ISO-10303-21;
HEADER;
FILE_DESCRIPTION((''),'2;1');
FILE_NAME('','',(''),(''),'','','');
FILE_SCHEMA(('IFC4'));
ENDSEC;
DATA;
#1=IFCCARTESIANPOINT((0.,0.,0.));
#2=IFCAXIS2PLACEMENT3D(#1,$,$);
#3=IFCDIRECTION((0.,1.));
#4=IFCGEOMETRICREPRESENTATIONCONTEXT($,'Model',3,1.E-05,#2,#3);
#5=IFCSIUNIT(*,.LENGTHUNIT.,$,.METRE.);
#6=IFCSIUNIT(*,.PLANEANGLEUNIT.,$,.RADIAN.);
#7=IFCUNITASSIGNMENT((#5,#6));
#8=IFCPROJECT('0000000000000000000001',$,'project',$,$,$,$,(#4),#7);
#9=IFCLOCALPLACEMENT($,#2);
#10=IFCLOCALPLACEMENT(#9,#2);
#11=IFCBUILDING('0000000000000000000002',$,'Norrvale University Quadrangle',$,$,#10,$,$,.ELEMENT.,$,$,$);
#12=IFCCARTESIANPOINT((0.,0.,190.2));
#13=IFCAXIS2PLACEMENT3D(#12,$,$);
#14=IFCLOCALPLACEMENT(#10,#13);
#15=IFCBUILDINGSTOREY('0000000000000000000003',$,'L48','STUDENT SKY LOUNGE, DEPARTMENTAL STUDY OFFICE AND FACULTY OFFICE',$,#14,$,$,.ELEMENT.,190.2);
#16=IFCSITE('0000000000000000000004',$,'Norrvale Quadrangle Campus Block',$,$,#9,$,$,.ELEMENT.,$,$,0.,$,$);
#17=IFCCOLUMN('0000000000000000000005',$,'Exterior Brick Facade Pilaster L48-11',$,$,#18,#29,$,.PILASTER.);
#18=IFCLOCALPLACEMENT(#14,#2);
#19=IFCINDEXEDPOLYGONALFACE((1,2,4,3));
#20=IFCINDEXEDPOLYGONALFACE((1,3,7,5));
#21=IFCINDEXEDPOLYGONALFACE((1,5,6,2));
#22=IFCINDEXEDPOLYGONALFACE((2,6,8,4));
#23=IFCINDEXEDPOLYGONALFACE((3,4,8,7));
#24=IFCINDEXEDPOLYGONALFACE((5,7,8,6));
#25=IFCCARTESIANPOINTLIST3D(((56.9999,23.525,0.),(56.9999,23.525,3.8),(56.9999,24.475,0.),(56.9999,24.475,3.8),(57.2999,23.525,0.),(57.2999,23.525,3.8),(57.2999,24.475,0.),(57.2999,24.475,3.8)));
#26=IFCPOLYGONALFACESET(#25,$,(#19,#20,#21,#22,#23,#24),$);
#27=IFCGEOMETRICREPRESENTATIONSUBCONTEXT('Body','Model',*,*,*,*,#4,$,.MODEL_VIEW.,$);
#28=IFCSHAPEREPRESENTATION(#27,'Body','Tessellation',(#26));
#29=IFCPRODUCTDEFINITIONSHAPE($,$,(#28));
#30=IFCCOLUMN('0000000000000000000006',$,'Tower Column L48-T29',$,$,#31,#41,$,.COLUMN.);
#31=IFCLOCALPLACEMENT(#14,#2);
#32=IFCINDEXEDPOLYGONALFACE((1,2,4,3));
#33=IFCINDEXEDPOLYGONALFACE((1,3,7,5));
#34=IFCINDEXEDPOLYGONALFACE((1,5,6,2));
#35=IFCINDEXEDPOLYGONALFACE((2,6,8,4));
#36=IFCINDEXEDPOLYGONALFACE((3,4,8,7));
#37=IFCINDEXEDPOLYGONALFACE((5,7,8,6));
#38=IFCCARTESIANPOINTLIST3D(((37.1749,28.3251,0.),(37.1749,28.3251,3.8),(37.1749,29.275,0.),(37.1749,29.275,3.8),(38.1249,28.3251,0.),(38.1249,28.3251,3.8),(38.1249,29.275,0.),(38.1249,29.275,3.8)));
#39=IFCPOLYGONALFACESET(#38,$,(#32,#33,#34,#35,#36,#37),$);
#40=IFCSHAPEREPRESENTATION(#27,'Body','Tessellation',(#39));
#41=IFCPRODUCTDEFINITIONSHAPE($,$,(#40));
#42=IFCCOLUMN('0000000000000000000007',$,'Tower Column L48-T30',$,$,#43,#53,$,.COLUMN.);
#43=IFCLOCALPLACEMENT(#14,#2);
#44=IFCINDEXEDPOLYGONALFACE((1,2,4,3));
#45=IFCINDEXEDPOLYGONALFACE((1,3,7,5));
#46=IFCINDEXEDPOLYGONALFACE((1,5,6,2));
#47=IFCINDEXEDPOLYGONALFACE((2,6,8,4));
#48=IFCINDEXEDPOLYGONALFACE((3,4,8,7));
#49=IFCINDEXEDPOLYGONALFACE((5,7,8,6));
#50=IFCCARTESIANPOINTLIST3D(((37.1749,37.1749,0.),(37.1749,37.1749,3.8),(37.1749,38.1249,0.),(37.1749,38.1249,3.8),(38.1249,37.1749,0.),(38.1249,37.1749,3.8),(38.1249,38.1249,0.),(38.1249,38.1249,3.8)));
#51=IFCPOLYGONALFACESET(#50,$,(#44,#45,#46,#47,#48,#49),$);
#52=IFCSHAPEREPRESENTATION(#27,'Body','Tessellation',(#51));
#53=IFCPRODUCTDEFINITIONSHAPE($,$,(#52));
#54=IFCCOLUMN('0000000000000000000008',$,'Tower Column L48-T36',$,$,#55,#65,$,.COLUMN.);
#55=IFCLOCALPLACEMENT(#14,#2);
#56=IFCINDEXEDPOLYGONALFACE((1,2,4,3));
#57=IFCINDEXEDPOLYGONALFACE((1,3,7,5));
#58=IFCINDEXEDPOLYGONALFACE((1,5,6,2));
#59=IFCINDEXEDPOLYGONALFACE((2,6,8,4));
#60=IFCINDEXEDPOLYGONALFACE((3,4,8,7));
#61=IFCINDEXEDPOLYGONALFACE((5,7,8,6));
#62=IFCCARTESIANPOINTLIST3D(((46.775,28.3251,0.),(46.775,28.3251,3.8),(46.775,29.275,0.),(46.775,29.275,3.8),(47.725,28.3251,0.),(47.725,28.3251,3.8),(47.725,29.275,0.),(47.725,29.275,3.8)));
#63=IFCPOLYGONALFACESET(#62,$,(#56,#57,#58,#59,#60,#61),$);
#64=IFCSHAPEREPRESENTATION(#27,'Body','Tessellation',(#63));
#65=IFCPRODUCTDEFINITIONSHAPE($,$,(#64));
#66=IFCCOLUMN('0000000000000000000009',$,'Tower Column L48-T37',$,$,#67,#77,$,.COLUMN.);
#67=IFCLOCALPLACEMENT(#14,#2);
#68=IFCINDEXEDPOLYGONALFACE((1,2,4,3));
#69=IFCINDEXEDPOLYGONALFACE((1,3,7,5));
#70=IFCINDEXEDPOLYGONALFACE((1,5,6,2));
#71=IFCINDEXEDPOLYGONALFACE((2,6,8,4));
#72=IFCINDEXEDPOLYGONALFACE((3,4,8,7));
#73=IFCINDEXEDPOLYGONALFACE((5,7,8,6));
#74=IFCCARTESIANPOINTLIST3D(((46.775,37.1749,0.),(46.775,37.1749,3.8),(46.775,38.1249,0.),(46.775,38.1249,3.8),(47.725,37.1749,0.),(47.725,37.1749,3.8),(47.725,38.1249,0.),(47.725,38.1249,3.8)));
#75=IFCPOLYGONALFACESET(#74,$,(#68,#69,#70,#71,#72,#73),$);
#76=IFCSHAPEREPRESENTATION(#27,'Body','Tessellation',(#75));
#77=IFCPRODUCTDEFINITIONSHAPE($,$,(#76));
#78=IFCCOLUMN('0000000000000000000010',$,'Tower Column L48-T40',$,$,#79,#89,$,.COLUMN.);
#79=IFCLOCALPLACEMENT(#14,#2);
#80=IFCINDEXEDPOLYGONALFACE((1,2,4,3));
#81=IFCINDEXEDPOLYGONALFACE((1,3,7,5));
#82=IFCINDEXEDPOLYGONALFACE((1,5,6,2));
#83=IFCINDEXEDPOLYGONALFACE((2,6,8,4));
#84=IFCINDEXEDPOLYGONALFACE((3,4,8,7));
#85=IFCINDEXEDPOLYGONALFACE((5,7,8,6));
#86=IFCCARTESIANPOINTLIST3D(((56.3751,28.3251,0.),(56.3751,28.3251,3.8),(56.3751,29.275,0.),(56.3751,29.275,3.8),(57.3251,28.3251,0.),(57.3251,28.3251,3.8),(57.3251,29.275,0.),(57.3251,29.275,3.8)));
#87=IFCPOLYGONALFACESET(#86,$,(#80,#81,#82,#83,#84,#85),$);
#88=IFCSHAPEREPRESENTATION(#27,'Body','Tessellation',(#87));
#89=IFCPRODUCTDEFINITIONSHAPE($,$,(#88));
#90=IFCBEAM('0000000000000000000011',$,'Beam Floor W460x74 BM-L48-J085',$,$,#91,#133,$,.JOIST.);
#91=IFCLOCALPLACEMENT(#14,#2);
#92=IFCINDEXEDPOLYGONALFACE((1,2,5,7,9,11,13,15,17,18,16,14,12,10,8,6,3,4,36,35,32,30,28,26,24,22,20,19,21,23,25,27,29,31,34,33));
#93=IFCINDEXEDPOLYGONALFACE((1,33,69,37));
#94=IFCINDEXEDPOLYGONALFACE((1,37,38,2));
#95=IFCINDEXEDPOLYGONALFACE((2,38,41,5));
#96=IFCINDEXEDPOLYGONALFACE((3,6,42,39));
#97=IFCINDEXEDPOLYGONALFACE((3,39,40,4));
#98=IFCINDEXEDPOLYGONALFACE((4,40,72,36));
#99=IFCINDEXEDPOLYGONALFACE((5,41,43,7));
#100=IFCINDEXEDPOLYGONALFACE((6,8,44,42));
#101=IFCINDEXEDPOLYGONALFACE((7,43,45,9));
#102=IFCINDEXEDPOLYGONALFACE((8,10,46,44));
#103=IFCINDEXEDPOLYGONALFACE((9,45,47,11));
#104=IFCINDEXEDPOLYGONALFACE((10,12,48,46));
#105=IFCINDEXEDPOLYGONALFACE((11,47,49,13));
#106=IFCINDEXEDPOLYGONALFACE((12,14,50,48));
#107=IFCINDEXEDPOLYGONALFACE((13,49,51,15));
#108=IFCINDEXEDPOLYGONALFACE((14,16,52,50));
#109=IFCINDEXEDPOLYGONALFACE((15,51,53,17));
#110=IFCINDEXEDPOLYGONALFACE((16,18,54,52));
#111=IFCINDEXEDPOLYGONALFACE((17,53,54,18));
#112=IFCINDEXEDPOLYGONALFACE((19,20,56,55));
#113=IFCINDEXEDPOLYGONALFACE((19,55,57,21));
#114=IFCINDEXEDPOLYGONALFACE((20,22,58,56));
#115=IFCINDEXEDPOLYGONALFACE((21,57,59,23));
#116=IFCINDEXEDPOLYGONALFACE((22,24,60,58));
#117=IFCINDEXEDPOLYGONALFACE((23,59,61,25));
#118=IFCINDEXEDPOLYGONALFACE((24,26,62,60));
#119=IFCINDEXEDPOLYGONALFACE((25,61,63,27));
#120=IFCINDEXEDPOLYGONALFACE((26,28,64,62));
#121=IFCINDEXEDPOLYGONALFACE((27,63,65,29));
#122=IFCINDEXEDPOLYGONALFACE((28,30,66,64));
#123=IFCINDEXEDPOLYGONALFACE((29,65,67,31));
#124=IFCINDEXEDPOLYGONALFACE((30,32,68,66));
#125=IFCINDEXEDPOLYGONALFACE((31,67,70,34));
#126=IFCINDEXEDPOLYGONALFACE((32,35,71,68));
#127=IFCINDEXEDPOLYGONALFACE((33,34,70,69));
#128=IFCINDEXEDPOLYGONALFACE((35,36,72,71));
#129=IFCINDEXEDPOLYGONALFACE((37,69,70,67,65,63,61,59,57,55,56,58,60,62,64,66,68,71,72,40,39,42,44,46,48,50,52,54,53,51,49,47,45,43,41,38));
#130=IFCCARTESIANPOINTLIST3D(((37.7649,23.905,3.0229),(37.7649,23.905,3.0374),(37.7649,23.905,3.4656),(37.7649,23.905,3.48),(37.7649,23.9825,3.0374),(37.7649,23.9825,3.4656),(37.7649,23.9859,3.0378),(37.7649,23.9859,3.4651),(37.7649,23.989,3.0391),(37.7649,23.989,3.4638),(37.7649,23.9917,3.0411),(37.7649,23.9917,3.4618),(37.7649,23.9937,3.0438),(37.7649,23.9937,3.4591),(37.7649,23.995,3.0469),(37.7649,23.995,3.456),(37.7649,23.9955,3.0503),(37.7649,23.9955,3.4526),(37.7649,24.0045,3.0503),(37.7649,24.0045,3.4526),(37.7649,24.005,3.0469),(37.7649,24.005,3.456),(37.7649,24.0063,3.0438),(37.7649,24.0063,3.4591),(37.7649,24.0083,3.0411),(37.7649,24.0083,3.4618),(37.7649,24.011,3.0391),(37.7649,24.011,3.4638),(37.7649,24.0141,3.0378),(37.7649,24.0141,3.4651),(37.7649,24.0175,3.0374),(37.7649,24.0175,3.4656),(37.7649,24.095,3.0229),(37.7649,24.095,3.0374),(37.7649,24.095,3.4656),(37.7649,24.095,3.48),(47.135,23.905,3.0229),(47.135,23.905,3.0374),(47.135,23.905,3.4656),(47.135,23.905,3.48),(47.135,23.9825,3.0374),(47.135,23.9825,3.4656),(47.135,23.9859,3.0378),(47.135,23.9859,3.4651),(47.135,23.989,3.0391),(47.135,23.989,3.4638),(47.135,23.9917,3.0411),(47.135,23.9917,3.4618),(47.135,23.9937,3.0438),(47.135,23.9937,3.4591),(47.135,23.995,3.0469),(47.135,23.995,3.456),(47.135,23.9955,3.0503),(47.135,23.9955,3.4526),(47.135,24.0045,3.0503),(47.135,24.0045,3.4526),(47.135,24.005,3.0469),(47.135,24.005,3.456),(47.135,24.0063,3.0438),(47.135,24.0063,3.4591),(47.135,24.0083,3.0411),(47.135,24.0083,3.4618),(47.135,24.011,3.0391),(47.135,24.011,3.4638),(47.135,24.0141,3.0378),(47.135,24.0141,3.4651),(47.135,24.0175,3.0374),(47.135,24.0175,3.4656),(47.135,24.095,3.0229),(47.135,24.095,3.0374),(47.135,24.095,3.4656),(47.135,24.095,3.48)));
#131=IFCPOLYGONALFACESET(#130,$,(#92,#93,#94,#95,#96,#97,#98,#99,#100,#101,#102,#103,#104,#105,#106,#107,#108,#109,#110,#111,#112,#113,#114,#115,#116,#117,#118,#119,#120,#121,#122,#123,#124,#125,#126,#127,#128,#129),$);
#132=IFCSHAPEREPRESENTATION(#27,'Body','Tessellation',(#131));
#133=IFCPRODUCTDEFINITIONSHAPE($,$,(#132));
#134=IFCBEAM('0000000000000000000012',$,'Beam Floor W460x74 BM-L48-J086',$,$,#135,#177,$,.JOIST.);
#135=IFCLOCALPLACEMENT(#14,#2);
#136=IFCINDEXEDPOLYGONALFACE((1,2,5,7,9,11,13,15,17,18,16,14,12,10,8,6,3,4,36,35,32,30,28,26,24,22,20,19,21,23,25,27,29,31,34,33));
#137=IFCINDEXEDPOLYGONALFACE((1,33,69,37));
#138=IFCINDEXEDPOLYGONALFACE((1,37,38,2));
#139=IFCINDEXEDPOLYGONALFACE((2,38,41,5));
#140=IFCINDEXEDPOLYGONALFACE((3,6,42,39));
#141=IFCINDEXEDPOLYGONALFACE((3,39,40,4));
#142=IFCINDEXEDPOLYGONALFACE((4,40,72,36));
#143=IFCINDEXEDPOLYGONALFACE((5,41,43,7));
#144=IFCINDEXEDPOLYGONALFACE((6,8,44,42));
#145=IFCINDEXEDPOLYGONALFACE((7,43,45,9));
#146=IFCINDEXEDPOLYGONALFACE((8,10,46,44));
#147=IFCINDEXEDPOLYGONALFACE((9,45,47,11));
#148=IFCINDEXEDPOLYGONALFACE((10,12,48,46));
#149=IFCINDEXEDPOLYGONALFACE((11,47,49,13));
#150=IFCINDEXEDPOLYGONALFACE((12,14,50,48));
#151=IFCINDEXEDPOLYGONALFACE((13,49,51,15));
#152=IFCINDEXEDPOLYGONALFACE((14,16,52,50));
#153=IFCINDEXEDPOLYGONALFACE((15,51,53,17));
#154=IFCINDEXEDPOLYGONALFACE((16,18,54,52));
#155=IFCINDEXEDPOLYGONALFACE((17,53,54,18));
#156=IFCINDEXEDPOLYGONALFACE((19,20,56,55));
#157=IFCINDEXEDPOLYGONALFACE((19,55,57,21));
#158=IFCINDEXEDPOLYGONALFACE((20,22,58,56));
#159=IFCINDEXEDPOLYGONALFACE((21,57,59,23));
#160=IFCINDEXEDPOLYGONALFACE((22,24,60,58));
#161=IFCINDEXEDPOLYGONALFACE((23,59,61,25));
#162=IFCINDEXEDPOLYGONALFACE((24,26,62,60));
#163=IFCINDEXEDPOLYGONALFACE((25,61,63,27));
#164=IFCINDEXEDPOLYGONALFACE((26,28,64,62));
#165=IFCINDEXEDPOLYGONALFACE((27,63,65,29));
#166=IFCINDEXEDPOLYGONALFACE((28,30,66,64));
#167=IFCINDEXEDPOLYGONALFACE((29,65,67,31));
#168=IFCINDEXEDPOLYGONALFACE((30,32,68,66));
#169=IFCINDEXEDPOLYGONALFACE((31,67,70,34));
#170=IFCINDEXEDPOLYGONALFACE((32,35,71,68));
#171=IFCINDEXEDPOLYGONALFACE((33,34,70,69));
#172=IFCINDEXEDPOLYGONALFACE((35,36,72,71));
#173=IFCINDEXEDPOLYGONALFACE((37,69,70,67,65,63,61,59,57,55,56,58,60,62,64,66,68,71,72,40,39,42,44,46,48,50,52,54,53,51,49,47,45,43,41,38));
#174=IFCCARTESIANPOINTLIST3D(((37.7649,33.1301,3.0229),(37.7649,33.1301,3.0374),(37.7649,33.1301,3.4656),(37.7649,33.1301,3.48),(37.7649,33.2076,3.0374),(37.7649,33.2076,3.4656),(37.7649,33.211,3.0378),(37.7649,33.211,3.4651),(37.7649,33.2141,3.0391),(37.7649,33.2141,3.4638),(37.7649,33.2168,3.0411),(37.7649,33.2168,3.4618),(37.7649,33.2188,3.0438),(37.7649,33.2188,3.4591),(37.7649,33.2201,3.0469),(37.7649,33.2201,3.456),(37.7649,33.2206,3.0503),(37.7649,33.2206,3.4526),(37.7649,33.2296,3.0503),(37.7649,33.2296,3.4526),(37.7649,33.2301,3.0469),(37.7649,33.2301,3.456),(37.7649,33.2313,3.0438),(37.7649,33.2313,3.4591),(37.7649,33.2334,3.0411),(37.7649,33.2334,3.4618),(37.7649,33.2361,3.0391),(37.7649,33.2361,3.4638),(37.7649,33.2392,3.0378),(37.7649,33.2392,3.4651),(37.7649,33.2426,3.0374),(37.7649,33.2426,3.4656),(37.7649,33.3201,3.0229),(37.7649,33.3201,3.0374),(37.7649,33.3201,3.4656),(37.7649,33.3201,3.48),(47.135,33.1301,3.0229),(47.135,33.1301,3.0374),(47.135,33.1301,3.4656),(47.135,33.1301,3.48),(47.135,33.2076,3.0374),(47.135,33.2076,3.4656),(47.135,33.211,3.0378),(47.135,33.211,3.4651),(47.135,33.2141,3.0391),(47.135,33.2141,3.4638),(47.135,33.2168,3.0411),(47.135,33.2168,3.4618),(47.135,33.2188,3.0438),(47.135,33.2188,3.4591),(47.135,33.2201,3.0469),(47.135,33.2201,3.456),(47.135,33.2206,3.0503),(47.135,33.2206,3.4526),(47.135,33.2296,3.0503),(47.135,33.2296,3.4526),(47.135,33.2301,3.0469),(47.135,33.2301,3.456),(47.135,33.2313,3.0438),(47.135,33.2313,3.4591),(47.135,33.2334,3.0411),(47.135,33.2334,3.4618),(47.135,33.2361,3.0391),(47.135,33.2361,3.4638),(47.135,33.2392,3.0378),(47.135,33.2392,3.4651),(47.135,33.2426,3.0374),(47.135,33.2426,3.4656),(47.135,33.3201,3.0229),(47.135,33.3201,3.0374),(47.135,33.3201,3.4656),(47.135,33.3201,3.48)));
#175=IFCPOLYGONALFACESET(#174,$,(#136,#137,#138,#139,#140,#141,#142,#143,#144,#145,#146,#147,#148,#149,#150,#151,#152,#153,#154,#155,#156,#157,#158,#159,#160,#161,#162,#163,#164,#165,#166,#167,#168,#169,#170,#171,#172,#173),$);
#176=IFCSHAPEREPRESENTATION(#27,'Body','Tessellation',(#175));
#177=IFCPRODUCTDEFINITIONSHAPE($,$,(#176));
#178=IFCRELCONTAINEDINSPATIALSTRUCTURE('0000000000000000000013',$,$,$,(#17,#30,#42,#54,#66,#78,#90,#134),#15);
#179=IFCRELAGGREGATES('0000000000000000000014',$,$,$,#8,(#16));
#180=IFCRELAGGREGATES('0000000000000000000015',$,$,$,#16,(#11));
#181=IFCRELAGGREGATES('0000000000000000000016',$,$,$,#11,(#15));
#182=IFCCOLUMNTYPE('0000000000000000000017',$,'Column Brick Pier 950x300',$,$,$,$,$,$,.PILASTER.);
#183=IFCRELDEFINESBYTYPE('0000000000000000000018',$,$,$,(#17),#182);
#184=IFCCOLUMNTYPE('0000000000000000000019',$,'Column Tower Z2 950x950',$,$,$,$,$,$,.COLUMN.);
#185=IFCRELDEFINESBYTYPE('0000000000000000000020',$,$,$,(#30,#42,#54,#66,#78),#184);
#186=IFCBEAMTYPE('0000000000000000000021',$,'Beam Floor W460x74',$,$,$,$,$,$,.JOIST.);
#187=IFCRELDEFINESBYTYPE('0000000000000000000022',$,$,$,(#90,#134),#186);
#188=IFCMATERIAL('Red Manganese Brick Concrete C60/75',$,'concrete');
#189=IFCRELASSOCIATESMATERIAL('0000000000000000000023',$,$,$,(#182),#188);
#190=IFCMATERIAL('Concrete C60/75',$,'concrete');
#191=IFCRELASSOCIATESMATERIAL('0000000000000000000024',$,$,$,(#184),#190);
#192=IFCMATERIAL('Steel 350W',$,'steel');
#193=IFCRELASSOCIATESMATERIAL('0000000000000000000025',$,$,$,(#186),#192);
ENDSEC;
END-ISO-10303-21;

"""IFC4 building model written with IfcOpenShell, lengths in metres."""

from ifc_helpers import new_model, si_unit, direction, frame, origin, origin_2d, place, context, subcontext, project, spatial, rectangle, i_section, extrude, material, material_profile, profile_set, type_object, element, save


model = new_model("IFC4")

# Units and contexts
model_context = context("Model", 3, precision=1e-05, world=origin(), true_north=direction((0.0, 1.0)))
body_context = subcontext(model_context, "Body", "Model", "MODEL_VIEW")
ifc_project = project(units=[si_unit("LENGTHUNIT", "METRE"), si_unit("PLANEANGLEUNIT", "RADIAN")], contexts=[model_context])

# Site, building, storey
site_placement = place(None, origin())
site = spatial("IfcSite", under=ifc_project, at=site_placement, Name="Norrvale Quadrangle Campus Block", CompositionType="ELEMENT", RefElevation=0.0)
building_placement = place(site_placement, origin())
building = spatial("IfcBuilding", under=site, at=building_placement, Name="Norrvale University Quadrangle", CompositionType="ELEMENT")
storey_placement = place(building_placement, frame((0.0, 0.0, 190.2)))
storey = spatial("IfcBuildingStorey", under=building, at=storey_placement, Name="L48", Description="STUDENT SKY LOUNGE, DEPARTMENTAL STUDY OFFICE AND FACULTY OFFICE", CompositionType="ELEMENT", Elevation=190.2)

# Columns
ifc_material_1 = material(Name="Red Manganese Brick Concrete C60/75", Category="concrete")
ifc_material_profile_1 = material_profile(ifc_material_1, rectangle(XDim=0.95, YDim=0.3, at=origin_2d()), Name="Red Manganese Brick Concrete C60/75")
ifc_profile_set_1 = profile_set([ifc_material_profile_1], Name="Red Manganese Brick Concrete C60/75")
column_type_1 = type_object("IfcColumnType", Name="Column Brick Pier 950x300", PredefinedType="PILASTER", material=ifc_profile_set_1)
column_placement = place(storey_placement, frame((57.1499, 24.0, 0.0), z_axis=(0.0, 0.0, 1.0), x_axis=(0.0, 1.0, 0.0)))
element("IfcColumn", 1, at=column_placement, inside=storey, type_object=column_type_1, Name="Exterior Brick Facade Pilaster L48-11", PredefinedType="PILASTER", context=body_context, shape_type="SweptSolid", body=[
    extrude(rectangle(XDim=0.95, YDim=0.3, at=origin_2d()), origin(), (0.0, 0.0, 1.0), 3.8),
])
ifc_material_2 = material(Name="Concrete C60/75", Category="concrete")
ifc_material_profile_2 = material_profile(ifc_material_2, rectangle(XDim=0.95, YDim=0.95, at=origin_2d()), Name="Concrete C60/75")
ifc_profile_set_2 = profile_set([ifc_material_profile_2], Name="Concrete C60/75")
column_type_2 = type_object("IfcColumnType", Name="Column Tower Z2 950x950", PredefinedType="COLUMN", material=ifc_profile_set_2)
for number, where, z_axis, x_axis, name in (
    (2, (37.6499, 28.8, 0.0), (0.0, 0.0, 1.0), (1.0, 0.0, 0.0), "Tower Column L48-T29"),
    (3, (37.6499, 37.6499, 0.0), (0.0, 0.0, 1.0), (1.0, 0.0, 0.0), "Tower Column L48-T30"),
    (4, (47.25, 28.8, 0.0), (0.0, 0.0, 1.0), (1.0, 0.0, 0.0), "Tower Column L48-T36"),
    (5, (47.25, 37.6499, 0.0), (0.0, 0.0, 1.0), (1.0, 0.0, 0.0), "Tower Column L48-T37"),
    (6, (56.8501, 28.8, 0.0), (0.0, 0.0, 1.0), (1.0, 0.0, 0.0), "Tower Column L48-T40"),
):
    element("IfcColumn", number, at=place(storey_placement, frame(where, z_axis=z_axis, x_axis=x_axis)), inside=storey, type_object=column_type_2, Name=name, PredefinedType="COLUMN", context=body_context, shape_type="SweptSolid", body=[
        extrude(rectangle(XDim=0.95, YDim=0.95, at=origin_2d()), origin(), (0.0, 0.0, 1.0), 3.8),
    ])

# Beams
ifc_material_3 = material(Name="Steel 350W", Category="steel")
ifc_material_profile_3 = material_profile(ifc_material_3, i_section(OverallWidth=0.1899, OverallDepth=0.457, WebThickness=0.009, FlangeThickness=0.0144, FilletRadius=0.0129, at=origin_2d()), Name="Steel 350W")
ifc_profile_set_3 = profile_set([ifc_material_profile_3], Name="Steel 350W")
beam_type_1 = type_object("IfcBeamType", Name="Beam Floor W460x74", PredefinedType="JOIST", material=ifc_profile_set_3)
for number, where, z_axis, x_axis, name in (
    (7, (37.7649, 24.0, 3.2515), (1.0, 0.0, 0.0), (0.0, 1.0, 0.0), "Beam Floor W460x74 BM-L48-J085"),
    (8, (37.7649, 33.2251, 3.2515), (1.0, 0.0, 0.0), (0.0, 1.0, 0.0), "Beam Floor W460x74 BM-L48-J086"),
):
    element("IfcBeam", number, at=place(storey_placement, frame(where, z_axis=z_axis, x_axis=x_axis)), inside=storey, type_object=beam_type_1, Name=name, PredefinedType="JOIST", context=body_context, shape_type="SweptSolid", body=[
        extrude(i_section(OverallWidth=0.1899, OverallDepth=0.457, WebThickness=0.009, FlangeThickness=0.0144, FilletRadius=0.0129, at=origin_2d()), origin(), (0.0, 0.0, 1.0), 9.3701),
    ])

save(model, "model.ifc")
